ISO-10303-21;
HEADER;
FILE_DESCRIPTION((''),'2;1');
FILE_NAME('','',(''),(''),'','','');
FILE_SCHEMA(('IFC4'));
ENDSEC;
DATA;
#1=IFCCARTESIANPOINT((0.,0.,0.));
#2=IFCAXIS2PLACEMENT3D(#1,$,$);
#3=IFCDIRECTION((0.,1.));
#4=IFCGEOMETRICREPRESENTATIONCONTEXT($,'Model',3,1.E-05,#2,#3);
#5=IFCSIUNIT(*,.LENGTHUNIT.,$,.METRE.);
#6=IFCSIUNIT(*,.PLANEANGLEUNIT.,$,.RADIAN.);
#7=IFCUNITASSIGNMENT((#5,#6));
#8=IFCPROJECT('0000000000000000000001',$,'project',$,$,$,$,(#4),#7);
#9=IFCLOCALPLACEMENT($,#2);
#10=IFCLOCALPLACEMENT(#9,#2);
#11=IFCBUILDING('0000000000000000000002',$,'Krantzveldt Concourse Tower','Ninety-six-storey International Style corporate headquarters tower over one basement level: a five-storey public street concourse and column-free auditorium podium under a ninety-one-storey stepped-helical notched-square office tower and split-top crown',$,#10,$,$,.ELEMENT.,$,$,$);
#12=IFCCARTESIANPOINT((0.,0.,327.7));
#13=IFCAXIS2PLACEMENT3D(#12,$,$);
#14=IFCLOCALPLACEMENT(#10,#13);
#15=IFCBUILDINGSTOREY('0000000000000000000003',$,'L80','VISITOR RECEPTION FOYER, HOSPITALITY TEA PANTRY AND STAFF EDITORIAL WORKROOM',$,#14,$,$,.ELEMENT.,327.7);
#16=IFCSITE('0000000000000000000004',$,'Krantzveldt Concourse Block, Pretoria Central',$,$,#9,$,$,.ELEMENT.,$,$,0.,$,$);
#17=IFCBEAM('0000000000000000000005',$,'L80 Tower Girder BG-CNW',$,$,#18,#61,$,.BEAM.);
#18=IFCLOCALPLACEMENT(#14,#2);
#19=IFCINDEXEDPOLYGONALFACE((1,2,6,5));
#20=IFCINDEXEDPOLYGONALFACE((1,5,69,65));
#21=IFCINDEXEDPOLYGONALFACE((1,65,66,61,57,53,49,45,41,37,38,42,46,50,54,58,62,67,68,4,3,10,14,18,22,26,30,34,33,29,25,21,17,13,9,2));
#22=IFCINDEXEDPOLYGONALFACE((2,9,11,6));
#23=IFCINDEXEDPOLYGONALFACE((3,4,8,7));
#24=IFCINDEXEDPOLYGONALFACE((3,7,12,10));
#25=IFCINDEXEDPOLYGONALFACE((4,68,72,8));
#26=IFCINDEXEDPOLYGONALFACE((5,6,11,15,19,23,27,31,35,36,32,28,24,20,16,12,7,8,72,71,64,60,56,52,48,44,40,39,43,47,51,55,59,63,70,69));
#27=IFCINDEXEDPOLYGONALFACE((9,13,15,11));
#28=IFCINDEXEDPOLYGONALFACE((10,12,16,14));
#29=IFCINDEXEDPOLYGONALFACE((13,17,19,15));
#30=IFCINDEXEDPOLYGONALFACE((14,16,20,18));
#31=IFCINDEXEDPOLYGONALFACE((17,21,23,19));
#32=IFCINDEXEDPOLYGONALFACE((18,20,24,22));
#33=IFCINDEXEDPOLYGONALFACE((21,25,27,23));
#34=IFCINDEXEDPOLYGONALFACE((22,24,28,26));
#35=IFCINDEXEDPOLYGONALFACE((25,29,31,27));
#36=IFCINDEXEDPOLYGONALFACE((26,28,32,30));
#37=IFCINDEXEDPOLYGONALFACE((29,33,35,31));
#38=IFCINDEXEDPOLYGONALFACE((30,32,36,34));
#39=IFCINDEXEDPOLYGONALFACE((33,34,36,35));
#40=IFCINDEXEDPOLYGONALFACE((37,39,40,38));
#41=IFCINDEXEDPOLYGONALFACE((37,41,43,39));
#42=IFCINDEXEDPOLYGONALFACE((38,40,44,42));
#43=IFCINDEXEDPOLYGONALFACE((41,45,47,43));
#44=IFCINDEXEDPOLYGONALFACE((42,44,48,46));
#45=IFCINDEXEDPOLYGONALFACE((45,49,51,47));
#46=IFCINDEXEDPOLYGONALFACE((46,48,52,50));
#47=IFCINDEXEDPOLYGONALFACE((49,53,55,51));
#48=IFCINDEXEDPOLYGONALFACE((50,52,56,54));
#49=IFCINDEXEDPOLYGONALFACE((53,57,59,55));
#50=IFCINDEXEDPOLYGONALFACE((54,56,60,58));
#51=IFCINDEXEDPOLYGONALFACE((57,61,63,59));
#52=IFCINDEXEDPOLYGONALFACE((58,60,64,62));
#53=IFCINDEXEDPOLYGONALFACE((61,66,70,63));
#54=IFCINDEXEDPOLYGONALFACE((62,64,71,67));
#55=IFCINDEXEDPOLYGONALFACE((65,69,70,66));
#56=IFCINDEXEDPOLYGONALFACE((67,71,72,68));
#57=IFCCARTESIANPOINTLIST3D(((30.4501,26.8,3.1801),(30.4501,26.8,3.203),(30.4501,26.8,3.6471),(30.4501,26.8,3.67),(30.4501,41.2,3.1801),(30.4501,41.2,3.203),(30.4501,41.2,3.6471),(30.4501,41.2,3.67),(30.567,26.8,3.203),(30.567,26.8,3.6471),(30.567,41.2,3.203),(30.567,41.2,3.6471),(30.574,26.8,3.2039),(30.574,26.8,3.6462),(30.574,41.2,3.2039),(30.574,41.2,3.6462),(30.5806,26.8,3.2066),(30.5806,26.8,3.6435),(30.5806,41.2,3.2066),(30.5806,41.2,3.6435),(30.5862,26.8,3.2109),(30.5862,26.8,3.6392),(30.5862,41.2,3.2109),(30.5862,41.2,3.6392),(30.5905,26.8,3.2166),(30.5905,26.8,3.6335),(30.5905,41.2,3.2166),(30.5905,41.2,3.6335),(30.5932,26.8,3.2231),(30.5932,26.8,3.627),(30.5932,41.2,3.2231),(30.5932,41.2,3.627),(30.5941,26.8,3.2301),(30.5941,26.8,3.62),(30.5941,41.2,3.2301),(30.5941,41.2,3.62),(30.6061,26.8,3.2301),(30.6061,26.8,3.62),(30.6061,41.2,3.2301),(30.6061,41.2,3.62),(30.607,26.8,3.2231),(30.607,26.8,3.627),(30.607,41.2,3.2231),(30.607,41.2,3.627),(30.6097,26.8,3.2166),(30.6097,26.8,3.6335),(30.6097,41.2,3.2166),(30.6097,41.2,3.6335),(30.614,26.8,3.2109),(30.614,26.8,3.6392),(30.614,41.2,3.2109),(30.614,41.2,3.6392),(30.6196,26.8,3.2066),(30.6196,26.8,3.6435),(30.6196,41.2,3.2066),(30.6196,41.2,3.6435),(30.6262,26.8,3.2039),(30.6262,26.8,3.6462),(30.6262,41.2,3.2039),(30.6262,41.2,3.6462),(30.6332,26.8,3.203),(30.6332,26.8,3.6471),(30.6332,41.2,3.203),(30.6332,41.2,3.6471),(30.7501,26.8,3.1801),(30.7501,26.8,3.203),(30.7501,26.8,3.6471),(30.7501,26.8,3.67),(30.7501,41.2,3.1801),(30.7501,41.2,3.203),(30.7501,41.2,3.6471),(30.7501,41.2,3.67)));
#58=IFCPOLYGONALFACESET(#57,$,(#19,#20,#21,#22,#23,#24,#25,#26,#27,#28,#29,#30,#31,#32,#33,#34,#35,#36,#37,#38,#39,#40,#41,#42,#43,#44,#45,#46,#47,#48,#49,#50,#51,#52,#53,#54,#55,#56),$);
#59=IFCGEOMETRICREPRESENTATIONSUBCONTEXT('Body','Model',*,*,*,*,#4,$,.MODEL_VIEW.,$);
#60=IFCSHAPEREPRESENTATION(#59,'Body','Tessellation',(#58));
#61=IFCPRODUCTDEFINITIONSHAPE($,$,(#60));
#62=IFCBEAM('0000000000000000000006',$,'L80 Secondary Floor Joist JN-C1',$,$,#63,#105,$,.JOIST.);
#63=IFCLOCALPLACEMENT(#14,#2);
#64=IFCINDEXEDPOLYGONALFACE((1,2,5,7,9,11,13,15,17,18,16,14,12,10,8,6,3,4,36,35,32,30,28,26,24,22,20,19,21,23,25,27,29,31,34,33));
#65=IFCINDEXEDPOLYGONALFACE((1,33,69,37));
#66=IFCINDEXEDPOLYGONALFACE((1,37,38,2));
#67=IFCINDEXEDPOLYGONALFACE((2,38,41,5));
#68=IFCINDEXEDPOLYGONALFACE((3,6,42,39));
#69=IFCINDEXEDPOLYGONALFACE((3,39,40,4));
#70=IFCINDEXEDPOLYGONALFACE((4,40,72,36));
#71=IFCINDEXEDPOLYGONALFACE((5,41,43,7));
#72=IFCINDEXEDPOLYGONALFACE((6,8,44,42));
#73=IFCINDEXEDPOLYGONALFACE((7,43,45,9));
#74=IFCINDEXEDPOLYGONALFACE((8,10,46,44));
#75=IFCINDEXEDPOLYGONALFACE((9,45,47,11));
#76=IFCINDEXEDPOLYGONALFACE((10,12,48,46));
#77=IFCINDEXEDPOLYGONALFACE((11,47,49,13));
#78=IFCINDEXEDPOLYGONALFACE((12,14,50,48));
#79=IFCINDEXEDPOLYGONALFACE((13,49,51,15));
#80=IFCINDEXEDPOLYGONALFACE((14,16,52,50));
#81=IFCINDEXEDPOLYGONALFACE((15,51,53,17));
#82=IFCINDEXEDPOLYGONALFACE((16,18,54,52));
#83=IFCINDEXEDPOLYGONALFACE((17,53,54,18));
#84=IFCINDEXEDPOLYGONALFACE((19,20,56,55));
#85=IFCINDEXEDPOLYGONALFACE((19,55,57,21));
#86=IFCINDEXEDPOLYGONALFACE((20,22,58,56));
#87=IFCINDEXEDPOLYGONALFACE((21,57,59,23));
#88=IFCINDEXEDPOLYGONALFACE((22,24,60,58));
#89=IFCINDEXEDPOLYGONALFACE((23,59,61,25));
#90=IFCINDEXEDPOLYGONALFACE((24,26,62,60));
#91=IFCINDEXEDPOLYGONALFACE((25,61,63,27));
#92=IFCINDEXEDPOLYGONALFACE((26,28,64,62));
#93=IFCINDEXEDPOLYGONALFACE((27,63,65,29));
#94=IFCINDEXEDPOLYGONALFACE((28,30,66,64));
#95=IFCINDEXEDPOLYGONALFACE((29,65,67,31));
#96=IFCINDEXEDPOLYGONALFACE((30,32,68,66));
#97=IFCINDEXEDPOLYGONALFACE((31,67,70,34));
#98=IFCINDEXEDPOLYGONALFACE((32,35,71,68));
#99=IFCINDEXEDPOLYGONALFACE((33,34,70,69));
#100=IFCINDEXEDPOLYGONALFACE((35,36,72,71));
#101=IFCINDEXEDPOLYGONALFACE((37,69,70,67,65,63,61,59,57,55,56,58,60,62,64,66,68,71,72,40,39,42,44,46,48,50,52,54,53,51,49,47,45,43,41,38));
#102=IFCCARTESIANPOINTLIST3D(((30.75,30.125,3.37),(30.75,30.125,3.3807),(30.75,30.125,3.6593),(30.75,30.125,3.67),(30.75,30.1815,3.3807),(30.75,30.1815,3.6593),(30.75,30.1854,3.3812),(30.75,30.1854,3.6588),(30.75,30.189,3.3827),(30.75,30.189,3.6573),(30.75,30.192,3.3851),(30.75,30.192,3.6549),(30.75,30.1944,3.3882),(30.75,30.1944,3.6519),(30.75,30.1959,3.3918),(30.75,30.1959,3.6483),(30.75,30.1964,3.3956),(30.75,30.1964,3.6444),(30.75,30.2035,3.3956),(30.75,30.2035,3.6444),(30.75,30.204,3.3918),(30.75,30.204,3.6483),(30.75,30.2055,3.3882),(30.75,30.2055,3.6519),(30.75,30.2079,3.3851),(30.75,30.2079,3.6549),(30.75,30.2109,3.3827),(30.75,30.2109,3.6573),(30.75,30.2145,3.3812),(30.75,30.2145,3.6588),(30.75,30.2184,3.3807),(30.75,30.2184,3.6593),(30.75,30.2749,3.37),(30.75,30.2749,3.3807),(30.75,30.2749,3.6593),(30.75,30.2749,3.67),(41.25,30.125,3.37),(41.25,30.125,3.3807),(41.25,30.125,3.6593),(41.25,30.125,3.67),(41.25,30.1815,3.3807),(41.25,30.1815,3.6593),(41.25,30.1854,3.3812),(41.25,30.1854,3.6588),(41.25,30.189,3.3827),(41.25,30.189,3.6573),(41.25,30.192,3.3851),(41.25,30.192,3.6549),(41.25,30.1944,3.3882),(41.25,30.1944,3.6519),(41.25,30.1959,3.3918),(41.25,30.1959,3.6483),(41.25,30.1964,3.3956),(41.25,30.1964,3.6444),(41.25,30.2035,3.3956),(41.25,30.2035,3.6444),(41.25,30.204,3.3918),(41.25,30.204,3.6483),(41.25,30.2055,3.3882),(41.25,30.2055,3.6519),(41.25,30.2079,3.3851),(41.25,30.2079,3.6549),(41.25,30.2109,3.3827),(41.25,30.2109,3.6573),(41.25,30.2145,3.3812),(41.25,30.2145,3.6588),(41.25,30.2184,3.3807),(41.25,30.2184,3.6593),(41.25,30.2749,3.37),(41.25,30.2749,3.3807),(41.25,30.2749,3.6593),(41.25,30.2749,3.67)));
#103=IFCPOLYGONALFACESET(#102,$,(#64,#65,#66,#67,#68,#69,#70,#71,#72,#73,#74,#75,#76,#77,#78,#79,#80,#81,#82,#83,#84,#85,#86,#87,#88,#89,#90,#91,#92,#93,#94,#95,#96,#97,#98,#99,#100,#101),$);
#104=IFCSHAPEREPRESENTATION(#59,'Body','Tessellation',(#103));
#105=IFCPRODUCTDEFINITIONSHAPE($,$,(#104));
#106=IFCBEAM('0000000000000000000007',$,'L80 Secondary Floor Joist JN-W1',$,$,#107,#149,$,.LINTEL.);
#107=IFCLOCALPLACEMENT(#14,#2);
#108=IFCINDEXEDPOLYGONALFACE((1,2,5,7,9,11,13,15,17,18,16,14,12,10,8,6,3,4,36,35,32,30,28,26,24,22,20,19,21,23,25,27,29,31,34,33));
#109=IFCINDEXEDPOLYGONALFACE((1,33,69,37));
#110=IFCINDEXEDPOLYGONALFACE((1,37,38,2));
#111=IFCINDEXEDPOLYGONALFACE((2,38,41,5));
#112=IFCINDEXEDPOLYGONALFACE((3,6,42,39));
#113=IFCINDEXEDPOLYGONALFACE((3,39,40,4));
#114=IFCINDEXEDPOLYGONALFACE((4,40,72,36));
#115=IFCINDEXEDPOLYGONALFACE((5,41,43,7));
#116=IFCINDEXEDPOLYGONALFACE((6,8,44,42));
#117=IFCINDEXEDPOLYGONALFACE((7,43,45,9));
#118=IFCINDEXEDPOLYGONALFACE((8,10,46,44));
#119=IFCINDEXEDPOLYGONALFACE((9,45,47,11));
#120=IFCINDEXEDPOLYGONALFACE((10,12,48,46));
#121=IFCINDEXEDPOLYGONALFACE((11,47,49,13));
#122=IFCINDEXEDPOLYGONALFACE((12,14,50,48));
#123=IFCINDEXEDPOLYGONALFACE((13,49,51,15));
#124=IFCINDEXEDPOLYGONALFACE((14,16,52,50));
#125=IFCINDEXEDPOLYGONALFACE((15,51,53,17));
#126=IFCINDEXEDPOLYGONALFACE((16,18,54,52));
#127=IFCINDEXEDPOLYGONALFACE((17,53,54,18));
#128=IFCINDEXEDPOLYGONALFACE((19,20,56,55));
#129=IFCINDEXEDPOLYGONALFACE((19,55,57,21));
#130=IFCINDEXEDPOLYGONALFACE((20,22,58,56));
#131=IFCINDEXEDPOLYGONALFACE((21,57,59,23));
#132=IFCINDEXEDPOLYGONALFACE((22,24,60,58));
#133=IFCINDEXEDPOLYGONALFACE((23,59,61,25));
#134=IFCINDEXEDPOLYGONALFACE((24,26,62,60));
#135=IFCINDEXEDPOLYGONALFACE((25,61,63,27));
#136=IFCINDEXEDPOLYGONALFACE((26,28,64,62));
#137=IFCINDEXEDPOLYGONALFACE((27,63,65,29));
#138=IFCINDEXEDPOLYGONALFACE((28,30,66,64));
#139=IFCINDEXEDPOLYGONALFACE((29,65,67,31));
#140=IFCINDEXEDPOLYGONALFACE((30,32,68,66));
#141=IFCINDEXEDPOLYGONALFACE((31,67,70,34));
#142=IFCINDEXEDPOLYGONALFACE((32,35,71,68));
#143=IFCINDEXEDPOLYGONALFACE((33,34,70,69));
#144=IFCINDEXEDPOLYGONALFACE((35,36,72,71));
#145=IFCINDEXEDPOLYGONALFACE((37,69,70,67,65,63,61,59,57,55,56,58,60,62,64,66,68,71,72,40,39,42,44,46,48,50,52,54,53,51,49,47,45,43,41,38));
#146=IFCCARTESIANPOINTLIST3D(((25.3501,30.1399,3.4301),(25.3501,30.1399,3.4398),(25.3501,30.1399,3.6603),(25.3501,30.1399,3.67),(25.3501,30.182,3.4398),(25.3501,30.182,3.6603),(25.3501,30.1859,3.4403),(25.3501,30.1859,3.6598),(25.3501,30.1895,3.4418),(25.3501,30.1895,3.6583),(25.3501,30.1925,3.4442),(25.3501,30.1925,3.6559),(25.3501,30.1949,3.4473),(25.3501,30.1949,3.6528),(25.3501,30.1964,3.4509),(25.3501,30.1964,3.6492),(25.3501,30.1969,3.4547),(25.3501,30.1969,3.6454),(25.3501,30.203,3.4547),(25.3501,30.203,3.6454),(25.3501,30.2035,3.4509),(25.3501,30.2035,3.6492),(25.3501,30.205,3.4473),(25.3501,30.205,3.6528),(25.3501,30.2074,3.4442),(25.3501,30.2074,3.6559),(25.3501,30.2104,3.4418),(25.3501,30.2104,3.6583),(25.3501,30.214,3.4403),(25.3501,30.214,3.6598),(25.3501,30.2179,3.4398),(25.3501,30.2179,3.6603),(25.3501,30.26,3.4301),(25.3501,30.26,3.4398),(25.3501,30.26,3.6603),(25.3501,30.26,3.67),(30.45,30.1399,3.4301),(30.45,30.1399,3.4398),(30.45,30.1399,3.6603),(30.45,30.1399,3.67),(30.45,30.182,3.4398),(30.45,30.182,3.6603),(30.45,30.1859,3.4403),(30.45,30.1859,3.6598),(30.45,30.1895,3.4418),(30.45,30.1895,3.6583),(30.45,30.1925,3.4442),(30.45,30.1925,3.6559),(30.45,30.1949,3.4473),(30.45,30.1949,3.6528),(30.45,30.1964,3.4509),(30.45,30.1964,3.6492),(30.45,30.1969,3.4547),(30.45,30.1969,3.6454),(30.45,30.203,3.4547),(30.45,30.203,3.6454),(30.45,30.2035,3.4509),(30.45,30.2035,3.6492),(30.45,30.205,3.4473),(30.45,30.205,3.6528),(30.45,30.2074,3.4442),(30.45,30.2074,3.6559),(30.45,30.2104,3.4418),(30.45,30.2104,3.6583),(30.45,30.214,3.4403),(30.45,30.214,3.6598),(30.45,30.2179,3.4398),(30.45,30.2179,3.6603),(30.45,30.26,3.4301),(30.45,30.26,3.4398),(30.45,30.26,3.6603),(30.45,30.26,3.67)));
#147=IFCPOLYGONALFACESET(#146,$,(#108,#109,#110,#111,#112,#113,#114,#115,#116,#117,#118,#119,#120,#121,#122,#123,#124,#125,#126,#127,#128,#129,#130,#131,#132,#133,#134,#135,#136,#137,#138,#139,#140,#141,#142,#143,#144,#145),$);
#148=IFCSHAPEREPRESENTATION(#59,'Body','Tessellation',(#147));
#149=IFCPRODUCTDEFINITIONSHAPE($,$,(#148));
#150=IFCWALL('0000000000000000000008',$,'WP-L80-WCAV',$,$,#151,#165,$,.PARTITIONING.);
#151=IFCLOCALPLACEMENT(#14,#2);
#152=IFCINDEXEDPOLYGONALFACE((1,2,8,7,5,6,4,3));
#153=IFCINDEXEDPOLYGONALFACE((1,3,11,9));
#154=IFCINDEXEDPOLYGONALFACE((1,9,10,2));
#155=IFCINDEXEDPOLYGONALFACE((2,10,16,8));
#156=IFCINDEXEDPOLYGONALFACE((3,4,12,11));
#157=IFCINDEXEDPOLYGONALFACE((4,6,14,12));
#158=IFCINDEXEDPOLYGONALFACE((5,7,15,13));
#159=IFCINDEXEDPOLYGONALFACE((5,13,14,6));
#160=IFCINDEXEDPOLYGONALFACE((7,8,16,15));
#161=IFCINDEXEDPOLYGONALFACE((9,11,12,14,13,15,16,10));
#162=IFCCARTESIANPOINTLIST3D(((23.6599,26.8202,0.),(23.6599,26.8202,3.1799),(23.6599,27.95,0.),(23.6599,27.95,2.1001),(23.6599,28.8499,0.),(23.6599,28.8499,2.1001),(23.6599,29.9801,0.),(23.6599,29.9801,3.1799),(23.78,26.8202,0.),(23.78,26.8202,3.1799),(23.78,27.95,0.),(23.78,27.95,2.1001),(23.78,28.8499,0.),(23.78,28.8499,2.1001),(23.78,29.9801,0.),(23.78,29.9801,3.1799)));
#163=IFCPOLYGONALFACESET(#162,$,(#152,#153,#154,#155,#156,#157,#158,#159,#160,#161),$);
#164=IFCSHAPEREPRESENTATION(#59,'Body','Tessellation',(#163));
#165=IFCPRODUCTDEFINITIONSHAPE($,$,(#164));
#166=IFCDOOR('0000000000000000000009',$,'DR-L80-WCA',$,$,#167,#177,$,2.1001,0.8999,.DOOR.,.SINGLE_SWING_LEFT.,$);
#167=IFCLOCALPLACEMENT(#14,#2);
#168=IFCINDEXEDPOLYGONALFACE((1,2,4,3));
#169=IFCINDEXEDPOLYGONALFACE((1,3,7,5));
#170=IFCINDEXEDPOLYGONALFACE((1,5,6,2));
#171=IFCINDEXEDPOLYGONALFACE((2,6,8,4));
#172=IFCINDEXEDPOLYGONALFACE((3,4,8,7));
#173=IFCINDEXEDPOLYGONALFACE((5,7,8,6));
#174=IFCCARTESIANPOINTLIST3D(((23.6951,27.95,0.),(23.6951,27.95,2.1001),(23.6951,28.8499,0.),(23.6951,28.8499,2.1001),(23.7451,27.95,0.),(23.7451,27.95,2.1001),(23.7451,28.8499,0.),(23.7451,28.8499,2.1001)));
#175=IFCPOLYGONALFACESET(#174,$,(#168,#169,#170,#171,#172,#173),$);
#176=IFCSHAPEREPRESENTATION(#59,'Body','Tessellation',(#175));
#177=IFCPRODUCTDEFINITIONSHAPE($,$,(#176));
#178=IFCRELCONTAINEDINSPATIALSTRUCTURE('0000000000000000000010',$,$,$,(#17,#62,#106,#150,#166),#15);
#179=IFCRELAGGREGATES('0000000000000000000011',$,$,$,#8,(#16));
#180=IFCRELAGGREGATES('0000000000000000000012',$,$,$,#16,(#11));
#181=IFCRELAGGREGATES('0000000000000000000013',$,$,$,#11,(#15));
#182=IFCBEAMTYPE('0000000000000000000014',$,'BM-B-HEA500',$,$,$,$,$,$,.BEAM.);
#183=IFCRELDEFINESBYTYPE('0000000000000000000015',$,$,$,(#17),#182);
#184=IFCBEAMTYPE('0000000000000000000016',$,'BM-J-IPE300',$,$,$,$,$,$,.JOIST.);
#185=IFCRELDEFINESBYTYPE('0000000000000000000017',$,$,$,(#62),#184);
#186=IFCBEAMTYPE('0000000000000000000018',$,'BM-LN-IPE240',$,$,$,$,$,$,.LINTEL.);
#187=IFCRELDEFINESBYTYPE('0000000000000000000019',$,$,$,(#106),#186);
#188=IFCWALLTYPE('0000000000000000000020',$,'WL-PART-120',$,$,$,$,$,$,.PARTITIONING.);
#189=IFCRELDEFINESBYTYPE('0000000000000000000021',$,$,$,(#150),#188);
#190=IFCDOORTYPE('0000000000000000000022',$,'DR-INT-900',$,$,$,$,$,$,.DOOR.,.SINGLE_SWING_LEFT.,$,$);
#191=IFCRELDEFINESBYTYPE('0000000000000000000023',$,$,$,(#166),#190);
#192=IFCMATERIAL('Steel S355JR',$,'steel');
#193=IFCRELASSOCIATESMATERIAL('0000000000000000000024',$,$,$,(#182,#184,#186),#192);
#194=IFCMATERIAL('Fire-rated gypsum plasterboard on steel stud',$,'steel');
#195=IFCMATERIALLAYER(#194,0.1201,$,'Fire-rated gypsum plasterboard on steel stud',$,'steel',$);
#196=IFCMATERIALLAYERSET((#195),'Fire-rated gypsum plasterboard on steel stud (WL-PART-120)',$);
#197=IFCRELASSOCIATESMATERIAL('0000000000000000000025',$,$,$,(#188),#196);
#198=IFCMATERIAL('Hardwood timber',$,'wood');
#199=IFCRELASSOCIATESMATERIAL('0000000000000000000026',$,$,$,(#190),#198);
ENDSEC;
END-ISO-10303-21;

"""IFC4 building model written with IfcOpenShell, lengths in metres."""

from ifc_helpers import new_model, si_unit, direction, frame, frame_2d, origin, origin_2d, place, context, subcontext, project, spatial, rectangle, i_section, extrude, source, transform, mapped, material, layer, layer_set, material_profile, profile_set, type_object, type_shapes, element, fill, save


model = new_model("IFC4")

# Units and contexts
model_context = context("Model", 3, precision=1e-05, world=origin(), true_north=direction((0.0, 1.0)))
body_context = subcontext(model_context, "Body", "Model", "MODEL_VIEW")
ifc_project = project(units=[si_unit("LENGTHUNIT", "METRE"), si_unit("PLANEANGLEUNIT", "RADIAN")], contexts=[model_context])

# Site, building, storey
site_placement = place(None, origin())
site = spatial("IfcSite", under=ifc_project, at=site_placement, Name="Krantzveldt Concourse Block, Pretoria Central", CompositionType="ELEMENT", RefElevation=0.0)
building_placement = place(site_placement, origin())
building = spatial("IfcBuilding", under=site, at=building_placement, Name="Krantzveldt Concourse Tower", Description="Ninety-six-storey International Style corporate headquarters tower over one basement level: a five-storey public street concourse and column-free auditorium podium under a ninety-one-storey stepped-helical notched-square office tower and split-top crown", CompositionType="ELEMENT")
storey_placement = place(building_placement, frame((0.0, 0.0, 327.7)))
storey = spatial("IfcBuildingStorey", under=building, at=storey_placement, Name="L80", Description="VISITOR RECEPTION FOYER, HOSPITALITY TEA PANTRY AND STAFF EDITORIAL WORKROOM", CompositionType="ELEMENT", Elevation=327.7)

# Beams
ifc_material_1 = material(Name="Steel S355JR", Category="steel")
ifc_material_profile_1 = material_profile(ifc_material_1, i_section(OverallWidth=0.3, OverallDepth=0.49, WebThickness=0.012, FlangeThickness=0.0229, FilletRadius=0.0271, at=origin_2d()), Name="Steel S355JR", Category="steel")
ifc_profile_set_1 = profile_set([ifc_material_profile_1], Name="Steel S355JR - HEA 500")
beam_type_1 = type_object("IfcBeamType", Name="BM-B-HEA500", PredefinedType="BEAM", material=ifc_profile_set_1)
shared_shape_1 = source(origin(), body_context, "Body", "SweptSolid", [
    extrude(i_section(OverallWidth=0.3, OverallDepth=0.49, WebThickness=0.012, FlangeThickness=0.0229, FilletRadius=0.0271, at=origin_2d()), origin(), (0.0, 0.0, 1.0), 14.3999),
])
type_shapes(beam_type_1, [shared_shape_1])
beam_1_placement = place(storey_placement, frame((30.6001, 26.8, 3.425), z_axis=(0.0, 1.0, 0.0), x_axis=(-1.0, 0.0, 0.0)))
element("IfcBeam", 1, at=beam_1_placement, inside=storey, type_object=beam_type_1, Name="L80 Tower Girder BG-CNW", PredefinedType="BEAM", context=body_context, shape_type="MappedRepresentation", body=[
    mapped(shared_shape_1, transform((0.0, 0.0, 0.0), x_axis=(1.0, 0.0, 0.0), y_axis=(0.0, 1.0, 0.0), z_axis=(0.0, 0.0, 1.0), scale=1.0)),
])
ifc_material_profile_2 = material_profile(ifc_material_1, i_section(OverallWidth=0.1499, OverallDepth=0.3, WebThickness=0.0071, FlangeThickness=0.0107, FilletRadius=0.0149, at=origin_2d()), Name="Steel S355JR", Category="steel")
ifc_profile_set_2 = profile_set([ifc_material_profile_2], Name="Steel S355JR - IPE 300")
beam_type_2 = type_object("IfcBeamType", Name="BM-J-IPE300", PredefinedType="JOIST", material=ifc_profile_set_2)
shared_shape_2 = source(origin(), body_context, "Body", "SweptSolid", [
    extrude(i_section(OverallWidth=0.1499, OverallDepth=0.3, WebThickness=0.0071, FlangeThickness=0.0107, FilletRadius=0.0149, at=origin_2d()), origin(), (0.0, 0.0, 1.0), 10.5),
])
type_shapes(beam_type_2, [shared_shape_2])
beam_2_placement = place(storey_placement, frame((30.75, 30.2, 3.52), z_axis=(1.0, 0.0, 0.0), x_axis=(0.0, 1.0, 0.0)))
element("IfcBeam", 2, at=beam_2_placement, inside=storey, type_object=beam_type_2, Name="L80 Secondary Floor Joist JN-C1", PredefinedType="JOIST", context=body_context, shape_type="MappedRepresentation", body=[
    mapped(shared_shape_2, transform((0.0, 0.0, 0.0), x_axis=(1.0, 0.0, 0.0), y_axis=(0.0, 1.0, 0.0), z_axis=(0.0, 0.0, 1.0), scale=1.0)),
])
ifc_material_profile_3 = material_profile(ifc_material_1, i_section(OverallWidth=0.1201, OverallDepth=0.24, WebThickness=0.0061, FlangeThickness=0.0098, FilletRadius=0.0149, at=origin_2d()), Name="Steel S355JR", Category="steel")
ifc_profile_set_3 = profile_set([ifc_material_profile_3], Name="Steel S355JR - IPE 240")
beam_type_3 = type_object("IfcBeamType", Name="BM-LN-IPE240", PredefinedType="LINTEL", material=ifc_profile_set_3)
shared_shape_3 = source(origin(), body_context, "Body", "SweptSolid", [
    extrude(i_section(OverallWidth=0.1201, OverallDepth=0.24, WebThickness=0.0061, FlangeThickness=0.0098, FilletRadius=0.0149, at=origin_2d()), origin(), (0.0, 0.0, 1.0), 5.0999),
])
type_shapes(beam_type_3, [shared_shape_3])
beam_3_placement = place(storey_placement, frame((25.3501, 30.2, 3.55), z_axis=(1.0, 0.0, 0.0), x_axis=(0.0, 1.0, 0.0)))
element("IfcBeam", 3, at=beam_3_placement, inside=storey, type_object=beam_type_3, Name="L80 Secondary Floor Joist JN-W1", PredefinedType="LINTEL", context=body_context, shape_type="MappedRepresentation", body=[
    mapped(shared_shape_3, transform((0.0, 0.0, 0.0), x_axis=(1.0, 0.0, 0.0), y_axis=(0.0, 1.0, 0.0), z_axis=(0.0, 0.0, 1.0), scale=1.0)),
])

# Wall, opening, door
ifc_material_2 = material(Name="Fire-rated gypsum plasterboard on steel stud", Category="steel")
ifc_layer_1 = layer(ifc_material_2, 0.1201, Name="Fire-rated gypsum plasterboard on steel stud", Category="steel")
ifc_layer_set_1 = layer_set([ifc_layer_1], Name="Fire-rated gypsum plasterboard on steel stud (WL-PART-120)")
wall_type_1 = type_object("IfcWallType", Name="WL-PART-120", PredefinedType="PARTITIONING", material=ifc_layer_set_1)
wall_1_placement = place(storey_placement, frame((23.72, 26.8201, 0.0), z_axis=(0.0, 0.0, 1.0), x_axis=(0.0, 1.0, 0.0)))
wall_1 = element("IfcWall", 4, at=wall_1_placement, inside=storey, type_object=wall_type_1, Name="WP-L80-WCAV", PredefinedType="PARTITIONING", context=body_context, shape_type="SweptSolid", body=[
    extrude(rectangle(XDim=3.1599, YDim=0.1201, at=frame_2d((1.5801, 0.0))), origin(), (0.0, 0.0, 1.0), 3.1799),
])
opening_1_placement = place(wall_1_placement, frame((1.1299, 0.0, 0.0)))
opening_1 = element("IfcOpeningElement", 5, at=opening_1_placement, cuts=wall_1, PredefinedType="OPENING", context=body_context, shape_type="SweptSolid", body=[
    extrude(rectangle(XDim=0.8999, YDim=2.1001, at=frame_2d((0.45, 1.05))), frame((0.0, 0.0701, 0.0), z_axis=(0.0, -1.0, 0.0), x_axis=(1.0, 0.0, 0.0)), (0.0, 0.0, 1.0), 0.1401),
])
ifc_material_3 = material(Name="Hardwood timber", Category="wood")
door_type_1 = type_object("IfcDoorType", Name="DR-INT-900", OperationType="SINGLE_SWING_LEFT", PredefinedType="DOOR", material=ifc_material_3)
door_1_placement = place(opening_1_placement, origin())
door_1 = element("IfcDoor", 6, at=door_1_placement, inside=storey, type_object=door_type_1, Name="DR-L80-WCA", OperationType="SINGLE_SWING_LEFT", OverallHeight=2.1001, OverallWidth=0.8999, PredefinedType="DOOR", context=body_context, shape_type="SweptSolid", body=[
    extrude(rectangle(XDim=0.8999, YDim=2.1001, at=frame_2d((0.45, 1.05))), frame((0.0, 0.0249, 0.0), z_axis=(0.0, -1.0, 0.0), x_axis=(1.0, 0.0, 0.0)), (0.0, 0.0, 1.0), 0.05),
])
fill(opening_1, door_1)

save(model, "model.ifc")
